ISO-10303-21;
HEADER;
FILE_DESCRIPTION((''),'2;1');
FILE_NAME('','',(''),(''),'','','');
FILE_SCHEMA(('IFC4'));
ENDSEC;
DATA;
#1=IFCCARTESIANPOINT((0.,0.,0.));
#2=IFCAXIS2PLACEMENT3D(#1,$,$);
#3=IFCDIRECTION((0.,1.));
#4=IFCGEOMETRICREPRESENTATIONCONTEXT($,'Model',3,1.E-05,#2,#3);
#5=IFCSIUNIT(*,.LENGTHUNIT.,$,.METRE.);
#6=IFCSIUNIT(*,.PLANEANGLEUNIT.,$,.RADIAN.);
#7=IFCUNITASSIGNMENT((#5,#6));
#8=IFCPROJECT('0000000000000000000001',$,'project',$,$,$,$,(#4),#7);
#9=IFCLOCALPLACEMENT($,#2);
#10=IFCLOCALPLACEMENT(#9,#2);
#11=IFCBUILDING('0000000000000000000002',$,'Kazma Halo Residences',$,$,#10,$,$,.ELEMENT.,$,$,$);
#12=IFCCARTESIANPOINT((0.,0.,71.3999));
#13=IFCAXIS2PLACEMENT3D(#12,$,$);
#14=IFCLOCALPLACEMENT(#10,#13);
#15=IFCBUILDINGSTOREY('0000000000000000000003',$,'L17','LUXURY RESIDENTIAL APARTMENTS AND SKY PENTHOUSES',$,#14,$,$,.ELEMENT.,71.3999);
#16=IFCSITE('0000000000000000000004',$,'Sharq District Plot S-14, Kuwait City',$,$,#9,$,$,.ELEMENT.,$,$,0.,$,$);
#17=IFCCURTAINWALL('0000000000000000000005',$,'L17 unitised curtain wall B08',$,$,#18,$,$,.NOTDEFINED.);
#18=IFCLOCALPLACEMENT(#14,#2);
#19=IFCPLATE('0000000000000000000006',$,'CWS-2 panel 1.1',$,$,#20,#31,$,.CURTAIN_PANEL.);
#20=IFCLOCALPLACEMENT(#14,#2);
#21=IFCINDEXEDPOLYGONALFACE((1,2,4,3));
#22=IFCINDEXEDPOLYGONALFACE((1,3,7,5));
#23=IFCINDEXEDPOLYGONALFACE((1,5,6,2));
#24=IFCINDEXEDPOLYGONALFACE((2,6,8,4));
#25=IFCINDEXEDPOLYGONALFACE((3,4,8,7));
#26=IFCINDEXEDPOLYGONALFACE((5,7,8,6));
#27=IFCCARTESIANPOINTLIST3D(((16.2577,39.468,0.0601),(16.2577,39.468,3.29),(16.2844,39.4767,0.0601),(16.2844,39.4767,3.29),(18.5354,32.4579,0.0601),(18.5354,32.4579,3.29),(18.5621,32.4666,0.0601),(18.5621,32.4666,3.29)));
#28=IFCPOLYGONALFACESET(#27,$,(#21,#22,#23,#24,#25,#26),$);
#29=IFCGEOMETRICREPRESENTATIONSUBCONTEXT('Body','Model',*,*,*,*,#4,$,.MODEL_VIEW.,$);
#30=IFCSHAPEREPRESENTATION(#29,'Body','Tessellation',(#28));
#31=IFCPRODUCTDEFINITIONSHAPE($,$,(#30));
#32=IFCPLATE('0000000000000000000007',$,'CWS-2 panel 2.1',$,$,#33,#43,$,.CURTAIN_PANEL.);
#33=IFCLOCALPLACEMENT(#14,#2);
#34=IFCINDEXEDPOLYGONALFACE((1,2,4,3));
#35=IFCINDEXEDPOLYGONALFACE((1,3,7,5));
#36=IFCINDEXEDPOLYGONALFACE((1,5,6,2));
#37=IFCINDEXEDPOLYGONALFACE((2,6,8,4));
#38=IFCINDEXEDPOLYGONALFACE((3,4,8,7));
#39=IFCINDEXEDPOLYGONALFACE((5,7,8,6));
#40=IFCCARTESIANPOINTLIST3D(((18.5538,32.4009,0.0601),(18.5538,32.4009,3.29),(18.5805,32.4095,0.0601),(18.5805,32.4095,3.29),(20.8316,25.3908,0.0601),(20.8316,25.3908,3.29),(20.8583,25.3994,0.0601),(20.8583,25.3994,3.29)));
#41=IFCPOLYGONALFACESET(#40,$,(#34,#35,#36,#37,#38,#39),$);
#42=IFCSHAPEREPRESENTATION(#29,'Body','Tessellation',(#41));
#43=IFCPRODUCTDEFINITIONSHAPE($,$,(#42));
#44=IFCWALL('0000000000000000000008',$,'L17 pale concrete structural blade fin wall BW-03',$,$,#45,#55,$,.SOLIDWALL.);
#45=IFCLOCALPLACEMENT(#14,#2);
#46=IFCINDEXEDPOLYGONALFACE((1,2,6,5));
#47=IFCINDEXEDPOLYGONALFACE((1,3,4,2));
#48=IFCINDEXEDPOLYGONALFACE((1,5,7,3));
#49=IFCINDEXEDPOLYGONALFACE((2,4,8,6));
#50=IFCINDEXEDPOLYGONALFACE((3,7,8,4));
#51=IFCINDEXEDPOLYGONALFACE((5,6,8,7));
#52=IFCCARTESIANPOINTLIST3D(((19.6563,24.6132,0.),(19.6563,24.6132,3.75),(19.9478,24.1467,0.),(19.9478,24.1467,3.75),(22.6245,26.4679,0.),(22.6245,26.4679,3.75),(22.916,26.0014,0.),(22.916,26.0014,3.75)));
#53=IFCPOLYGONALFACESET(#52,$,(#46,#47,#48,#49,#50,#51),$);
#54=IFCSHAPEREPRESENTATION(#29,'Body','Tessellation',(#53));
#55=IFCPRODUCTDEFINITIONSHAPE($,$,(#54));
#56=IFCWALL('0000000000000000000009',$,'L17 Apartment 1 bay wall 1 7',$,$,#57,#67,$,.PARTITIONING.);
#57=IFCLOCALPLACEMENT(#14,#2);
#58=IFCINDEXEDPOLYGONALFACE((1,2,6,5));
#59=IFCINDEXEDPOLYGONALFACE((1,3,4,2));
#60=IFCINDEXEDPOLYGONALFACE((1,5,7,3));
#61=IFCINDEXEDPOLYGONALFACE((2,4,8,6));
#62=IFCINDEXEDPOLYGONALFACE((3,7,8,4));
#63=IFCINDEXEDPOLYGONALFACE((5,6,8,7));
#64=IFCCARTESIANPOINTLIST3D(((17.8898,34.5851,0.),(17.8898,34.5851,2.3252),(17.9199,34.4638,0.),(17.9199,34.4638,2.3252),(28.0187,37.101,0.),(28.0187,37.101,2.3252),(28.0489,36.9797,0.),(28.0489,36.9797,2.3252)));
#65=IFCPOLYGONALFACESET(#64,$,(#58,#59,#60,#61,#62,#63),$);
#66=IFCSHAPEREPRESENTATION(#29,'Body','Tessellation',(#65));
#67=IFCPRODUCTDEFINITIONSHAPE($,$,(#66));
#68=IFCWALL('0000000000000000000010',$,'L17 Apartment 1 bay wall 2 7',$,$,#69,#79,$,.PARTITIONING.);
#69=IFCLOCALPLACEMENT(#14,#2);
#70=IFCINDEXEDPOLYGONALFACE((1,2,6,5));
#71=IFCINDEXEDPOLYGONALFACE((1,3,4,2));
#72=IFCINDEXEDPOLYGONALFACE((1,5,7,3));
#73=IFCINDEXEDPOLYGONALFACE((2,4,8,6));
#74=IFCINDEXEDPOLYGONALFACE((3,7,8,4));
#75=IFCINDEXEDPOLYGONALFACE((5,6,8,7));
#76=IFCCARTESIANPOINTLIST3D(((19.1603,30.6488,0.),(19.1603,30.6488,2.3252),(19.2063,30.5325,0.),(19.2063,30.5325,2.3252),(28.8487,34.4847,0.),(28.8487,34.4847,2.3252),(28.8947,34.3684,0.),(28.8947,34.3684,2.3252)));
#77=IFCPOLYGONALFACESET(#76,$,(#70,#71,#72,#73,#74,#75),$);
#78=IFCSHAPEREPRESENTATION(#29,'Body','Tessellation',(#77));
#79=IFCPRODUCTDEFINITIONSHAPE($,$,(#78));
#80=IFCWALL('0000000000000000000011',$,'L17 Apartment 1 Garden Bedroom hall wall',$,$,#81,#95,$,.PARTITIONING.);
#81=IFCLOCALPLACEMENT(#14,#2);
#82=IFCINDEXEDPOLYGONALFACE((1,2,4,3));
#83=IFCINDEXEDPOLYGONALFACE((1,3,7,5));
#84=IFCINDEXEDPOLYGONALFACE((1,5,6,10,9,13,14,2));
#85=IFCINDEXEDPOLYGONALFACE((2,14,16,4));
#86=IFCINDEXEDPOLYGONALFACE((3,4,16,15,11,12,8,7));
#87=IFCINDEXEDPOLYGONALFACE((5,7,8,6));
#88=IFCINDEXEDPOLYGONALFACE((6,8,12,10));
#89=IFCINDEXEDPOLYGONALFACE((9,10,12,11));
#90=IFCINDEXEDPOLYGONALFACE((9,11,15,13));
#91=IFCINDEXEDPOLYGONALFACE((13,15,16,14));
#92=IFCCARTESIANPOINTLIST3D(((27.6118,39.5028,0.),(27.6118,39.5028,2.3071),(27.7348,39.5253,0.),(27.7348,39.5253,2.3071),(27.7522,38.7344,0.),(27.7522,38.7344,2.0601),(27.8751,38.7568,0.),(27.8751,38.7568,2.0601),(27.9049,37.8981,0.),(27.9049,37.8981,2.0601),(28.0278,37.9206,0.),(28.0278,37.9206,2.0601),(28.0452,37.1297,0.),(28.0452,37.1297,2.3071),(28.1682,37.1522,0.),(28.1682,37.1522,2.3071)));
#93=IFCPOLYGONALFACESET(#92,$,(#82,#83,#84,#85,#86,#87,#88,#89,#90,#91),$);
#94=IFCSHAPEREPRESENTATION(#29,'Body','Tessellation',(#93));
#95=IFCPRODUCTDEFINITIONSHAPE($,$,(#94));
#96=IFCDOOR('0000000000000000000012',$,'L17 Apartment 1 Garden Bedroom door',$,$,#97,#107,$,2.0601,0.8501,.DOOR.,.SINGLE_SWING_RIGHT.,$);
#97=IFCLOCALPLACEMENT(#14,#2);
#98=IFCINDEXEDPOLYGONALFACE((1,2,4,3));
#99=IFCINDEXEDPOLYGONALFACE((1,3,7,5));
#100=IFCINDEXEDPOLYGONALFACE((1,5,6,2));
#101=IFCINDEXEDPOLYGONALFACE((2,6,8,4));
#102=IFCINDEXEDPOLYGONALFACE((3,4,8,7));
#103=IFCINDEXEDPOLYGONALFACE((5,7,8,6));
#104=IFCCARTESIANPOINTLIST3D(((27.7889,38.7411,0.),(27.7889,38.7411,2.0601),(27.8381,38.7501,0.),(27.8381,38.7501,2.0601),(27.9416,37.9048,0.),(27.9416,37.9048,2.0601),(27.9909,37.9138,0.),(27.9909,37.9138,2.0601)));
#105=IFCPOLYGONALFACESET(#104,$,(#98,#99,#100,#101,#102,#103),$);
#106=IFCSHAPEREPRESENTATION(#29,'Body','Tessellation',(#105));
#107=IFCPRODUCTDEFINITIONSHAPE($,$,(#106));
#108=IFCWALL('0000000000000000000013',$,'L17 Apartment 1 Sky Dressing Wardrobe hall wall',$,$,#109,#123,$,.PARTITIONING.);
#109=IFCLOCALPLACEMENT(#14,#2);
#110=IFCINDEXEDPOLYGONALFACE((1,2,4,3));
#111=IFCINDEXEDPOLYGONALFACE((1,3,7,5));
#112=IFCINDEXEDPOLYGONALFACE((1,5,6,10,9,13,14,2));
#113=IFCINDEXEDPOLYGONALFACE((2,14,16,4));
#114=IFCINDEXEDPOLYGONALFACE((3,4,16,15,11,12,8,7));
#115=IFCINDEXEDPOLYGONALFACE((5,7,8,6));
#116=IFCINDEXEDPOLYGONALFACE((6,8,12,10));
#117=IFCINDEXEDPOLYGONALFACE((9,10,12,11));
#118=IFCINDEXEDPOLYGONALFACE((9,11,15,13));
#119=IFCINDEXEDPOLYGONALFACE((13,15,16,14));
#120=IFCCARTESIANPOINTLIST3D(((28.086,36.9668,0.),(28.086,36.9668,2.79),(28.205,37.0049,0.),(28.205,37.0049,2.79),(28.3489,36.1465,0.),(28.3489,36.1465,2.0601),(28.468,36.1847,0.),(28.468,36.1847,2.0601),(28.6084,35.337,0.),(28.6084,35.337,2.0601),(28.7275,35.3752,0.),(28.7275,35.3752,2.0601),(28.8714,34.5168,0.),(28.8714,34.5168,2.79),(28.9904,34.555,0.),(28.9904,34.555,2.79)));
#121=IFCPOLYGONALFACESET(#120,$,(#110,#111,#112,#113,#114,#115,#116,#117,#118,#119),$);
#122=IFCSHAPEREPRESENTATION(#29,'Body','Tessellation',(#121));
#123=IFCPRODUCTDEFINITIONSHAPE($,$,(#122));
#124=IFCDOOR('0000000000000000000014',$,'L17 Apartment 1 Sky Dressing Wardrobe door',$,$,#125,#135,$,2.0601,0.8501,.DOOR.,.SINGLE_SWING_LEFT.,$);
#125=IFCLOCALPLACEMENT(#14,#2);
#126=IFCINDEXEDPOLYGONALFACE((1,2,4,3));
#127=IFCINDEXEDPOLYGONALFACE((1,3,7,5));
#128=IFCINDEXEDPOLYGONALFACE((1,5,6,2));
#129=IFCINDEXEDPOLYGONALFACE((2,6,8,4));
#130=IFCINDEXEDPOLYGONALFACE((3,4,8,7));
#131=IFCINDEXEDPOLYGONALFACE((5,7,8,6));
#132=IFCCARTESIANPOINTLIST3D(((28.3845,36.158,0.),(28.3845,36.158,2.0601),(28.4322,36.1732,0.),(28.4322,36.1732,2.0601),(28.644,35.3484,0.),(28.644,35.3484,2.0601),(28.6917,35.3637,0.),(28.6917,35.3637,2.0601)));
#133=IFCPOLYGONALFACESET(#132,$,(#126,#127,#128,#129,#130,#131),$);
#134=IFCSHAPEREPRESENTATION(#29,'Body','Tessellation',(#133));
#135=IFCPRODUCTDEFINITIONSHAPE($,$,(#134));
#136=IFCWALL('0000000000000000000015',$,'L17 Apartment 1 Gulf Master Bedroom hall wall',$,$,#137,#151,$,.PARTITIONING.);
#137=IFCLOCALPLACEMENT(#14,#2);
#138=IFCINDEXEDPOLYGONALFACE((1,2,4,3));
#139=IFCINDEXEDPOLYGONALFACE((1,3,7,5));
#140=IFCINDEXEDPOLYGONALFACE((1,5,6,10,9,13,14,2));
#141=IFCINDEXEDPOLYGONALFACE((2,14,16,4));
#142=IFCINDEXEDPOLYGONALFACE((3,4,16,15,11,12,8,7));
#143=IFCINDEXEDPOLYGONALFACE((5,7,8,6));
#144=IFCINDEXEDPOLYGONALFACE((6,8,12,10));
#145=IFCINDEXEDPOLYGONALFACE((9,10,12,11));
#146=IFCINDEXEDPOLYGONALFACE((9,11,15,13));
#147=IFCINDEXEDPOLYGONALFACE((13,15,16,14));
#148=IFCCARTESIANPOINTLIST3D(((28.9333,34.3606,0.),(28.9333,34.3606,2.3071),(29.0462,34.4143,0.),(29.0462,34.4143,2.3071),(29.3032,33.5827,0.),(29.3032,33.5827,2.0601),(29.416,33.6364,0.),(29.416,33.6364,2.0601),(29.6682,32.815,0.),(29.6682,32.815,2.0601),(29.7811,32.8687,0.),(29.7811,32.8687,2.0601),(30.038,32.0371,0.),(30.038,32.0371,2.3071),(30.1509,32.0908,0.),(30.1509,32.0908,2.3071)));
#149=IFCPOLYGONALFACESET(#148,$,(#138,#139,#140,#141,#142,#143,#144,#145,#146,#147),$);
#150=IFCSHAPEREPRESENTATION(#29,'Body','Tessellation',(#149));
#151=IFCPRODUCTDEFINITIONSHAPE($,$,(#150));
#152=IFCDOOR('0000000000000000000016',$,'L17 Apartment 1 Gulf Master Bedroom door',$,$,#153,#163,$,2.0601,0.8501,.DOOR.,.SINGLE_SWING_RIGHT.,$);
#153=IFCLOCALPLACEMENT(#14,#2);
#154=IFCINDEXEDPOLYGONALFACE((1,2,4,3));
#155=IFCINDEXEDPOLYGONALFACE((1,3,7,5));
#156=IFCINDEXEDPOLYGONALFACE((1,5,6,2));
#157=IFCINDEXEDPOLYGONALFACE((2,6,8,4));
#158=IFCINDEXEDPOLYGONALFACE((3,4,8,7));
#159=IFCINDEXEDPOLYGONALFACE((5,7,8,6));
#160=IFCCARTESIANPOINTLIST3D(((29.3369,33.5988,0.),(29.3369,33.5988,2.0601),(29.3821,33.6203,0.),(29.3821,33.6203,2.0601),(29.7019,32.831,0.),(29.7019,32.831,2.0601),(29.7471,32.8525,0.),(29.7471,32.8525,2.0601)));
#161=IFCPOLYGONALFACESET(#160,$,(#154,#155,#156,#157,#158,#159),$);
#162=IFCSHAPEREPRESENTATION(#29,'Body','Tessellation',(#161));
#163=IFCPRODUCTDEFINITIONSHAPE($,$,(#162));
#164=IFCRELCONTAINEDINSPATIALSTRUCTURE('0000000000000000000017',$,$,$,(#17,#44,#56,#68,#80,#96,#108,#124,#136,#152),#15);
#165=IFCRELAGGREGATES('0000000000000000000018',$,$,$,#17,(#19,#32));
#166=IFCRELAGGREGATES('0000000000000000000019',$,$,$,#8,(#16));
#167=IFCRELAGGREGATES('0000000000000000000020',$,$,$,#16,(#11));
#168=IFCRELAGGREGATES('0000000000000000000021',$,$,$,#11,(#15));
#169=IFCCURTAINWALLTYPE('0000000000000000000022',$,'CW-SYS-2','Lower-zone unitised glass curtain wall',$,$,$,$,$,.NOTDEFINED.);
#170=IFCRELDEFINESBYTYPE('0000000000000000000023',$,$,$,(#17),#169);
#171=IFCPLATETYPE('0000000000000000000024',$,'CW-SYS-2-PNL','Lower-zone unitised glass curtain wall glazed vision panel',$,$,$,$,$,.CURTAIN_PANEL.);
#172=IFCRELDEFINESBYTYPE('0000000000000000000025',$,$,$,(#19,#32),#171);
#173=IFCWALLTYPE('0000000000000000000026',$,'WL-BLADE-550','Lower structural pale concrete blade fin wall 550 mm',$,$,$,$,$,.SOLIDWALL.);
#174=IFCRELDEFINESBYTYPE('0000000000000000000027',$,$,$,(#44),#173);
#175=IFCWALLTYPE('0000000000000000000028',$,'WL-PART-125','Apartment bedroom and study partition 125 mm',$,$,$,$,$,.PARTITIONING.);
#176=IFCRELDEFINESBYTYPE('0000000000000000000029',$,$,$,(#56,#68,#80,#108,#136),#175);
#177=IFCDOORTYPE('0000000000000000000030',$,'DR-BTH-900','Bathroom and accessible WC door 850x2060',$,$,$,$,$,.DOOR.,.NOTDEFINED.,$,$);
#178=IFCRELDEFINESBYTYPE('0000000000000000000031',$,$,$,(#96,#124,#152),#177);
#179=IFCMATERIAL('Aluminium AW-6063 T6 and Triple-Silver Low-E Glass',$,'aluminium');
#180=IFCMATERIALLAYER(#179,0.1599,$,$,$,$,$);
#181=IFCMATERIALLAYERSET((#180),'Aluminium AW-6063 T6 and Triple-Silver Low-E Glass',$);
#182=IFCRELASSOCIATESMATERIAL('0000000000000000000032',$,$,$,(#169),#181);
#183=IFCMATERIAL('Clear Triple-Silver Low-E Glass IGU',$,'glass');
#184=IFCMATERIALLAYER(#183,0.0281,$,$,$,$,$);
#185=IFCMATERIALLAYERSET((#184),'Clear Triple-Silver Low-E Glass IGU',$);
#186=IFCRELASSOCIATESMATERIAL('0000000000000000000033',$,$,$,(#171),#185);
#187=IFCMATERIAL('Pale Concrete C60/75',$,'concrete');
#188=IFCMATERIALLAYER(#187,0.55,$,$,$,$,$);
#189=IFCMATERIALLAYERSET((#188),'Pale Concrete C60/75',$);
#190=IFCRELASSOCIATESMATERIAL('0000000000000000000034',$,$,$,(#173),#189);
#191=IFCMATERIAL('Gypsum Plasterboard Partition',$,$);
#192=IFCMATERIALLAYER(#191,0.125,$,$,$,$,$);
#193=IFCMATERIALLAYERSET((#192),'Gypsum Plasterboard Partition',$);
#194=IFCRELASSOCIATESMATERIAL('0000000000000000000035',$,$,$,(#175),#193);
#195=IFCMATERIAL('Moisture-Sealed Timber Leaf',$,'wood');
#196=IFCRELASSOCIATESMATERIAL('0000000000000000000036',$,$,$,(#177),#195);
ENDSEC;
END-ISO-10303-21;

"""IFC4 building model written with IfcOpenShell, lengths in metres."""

from ifc_helpers import new_model, si_unit, direction, frame, frame_2d, origin, origin_2d, place, context, subcontext, project, spatial, rectangle, extrude, material, layer, layer_set, type_object, element, fill, aggregate, save


model = new_model("IFC4")

# Units and contexts
model_context = context("Model", 3, precision=1e-05, world=origin(), true_north=direction((0.0, 1.0)))
body_context = subcontext(model_context, "Body", "Model", "MODEL_VIEW")
ifc_project = project(units=[si_unit("LENGTHUNIT", "METRE"), si_unit("PLANEANGLEUNIT", "RADIAN")], contexts=[model_context])

# Site, building, storey
site_placement = place(None, origin())
site = spatial("IfcSite", under=ifc_project, at=site_placement, Name="Sharq District Plot S-14, Kuwait City", CompositionType="ELEMENT", RefElevation=0.0)
building_placement = place(site_placement, origin())
building = spatial("IfcBuilding", under=site, at=building_placement, Name="Kazma Halo Residences", CompositionType="ELEMENT")
storey_placement = place(building_placement, frame((0.0, 0.0, 71.3999)))
storey = spatial("IfcBuildingStorey", under=building, at=storey_placement, Name="L17", Description="LUXURY RESIDENTIAL APARTMENTS AND SKY PENTHOUSES", CompositionType="ELEMENT", Elevation=71.3999)

# Curtain wall, plates
ifc_material_1 = material(Name="Aluminium AW-6063 T6 and Triple-Silver Low-E Glass", Category="aluminium")
ifc_layer_1 = layer(ifc_material_1, 0.1599)
ifc_layer_set_1 = layer_set([ifc_layer_1], Name="Aluminium AW-6063 T6 and Triple-Silver Low-E Glass")
curtain_wall_type = type_object("IfcCurtainWallType", Name="CW-SYS-2", Description="Lower-zone unitised glass curtain wall", PredefinedType="NOTDEFINED", material=ifc_layer_set_1)
curtain_wall_placement = place(storey_placement, origin())
curtain_wall = element("IfcCurtainWall", 1, at=curtain_wall_placement, inside=storey, type_object=curtain_wall_type, Name="L17 unitised curtain wall B08", PredefinedType="NOTDEFINED")
ifc_material_2 = material(Name="Clear Triple-Silver Low-E Glass IGU", Category="glass")
ifc_layer_2 = layer(ifc_material_2, 0.0281)
ifc_layer_set_2 = layer_set([ifc_layer_2], Name="Clear Triple-Silver Low-E Glass IGU")
plate_type = type_object("IfcPlateType", Name="CW-SYS-2-PNL", Description="Lower-zone unitised glass curtain wall glazed vision panel", PredefinedType="CURTAIN_PANEL", material=ifc_layer_set_2)
plate_1_placement = place(storey_placement, frame((17.4099, 35.9673, 0.0601), z_axis=(0.0, 0.0, 1.0), x_axis=(0.309017, -0.951057, 0.0)))
plate_1 = element("IfcPlate", 2, at=plate_1_placement, type_object=plate_type, Name="CWS-2 panel 1.1", PredefinedType="CURTAIN_PANEL", context=body_context, shape_type="SweptSolid", body=[
    extrude(rectangle(XDim=7.3708, YDim=0.0281, at=origin_2d()), origin(), (0.0, 0.0, 1.0), 3.23),
])
plate_2_placement = place(storey_placement, frame((19.7061, 28.9001, 0.0601), z_axis=(0.0, 0.0, 1.0), x_axis=(0.309017, -0.951057, 0.0)))
plate_2 = element("IfcPlate", 3, at=plate_2_placement, type_object=plate_type, Name="CWS-2 panel 2.1", PredefinedType="CURTAIN_PANEL", context=body_context, shape_type="SweptSolid", body=[
    extrude(rectangle(XDim=7.3708, YDim=0.0281, at=origin_2d()), origin(), (0.0, 0.0, 1.0), 3.23),
])
aggregate(curtain_wall, [plate_1, plate_2])

# Walls
ifc_material_3 = material(Name="Pale Concrete C60/75", Category="concrete")
ifc_layer_3 = layer(ifc_material_3, 0.55)
ifc_layer_set_3 = layer_set([ifc_layer_3], Name="Pale Concrete C60/75")
wall_type_1 = type_object("IfcWallType", Name="WL-BLADE-550", Description="Lower structural pale concrete blade fin wall 550 mm", PredefinedType="SOLIDWALL", material=ifc_layer_set_3)
wall_1_placement = place(storey_placement, frame((22.7703, 26.2346, 0.0), z_axis=(0.0, 0.0, 1.0), x_axis=(-0.848053, -0.529911, 0.0)))
element("IfcWall", 4, at=wall_1_placement, inside=storey, type_object=wall_type_1, Name="L17 pale concrete structural blade fin wall BW-03", PredefinedType="SOLIDWALL", context=body_context, shape_type="SweptSolid", body=[
    extrude(rectangle(XDim=3.5, YDim=0.55, at=frame_2d((1.75, 0.0))), origin(), (0.0, 0.0, 1.0), 3.75),
])
ifc_material_4 = material(Name="Gypsum Plasterboard Partition")
ifc_layer_4 = layer(ifc_material_4, 0.125)
ifc_layer_set_4 = layer_set([ifc_layer_4], Name="Gypsum Plasterboard Partition")
wall_type_2 = type_object("IfcWallType", Name="WL-PART-125", Description="Apartment bedroom and study partition 125 mm", PredefinedType="PARTITIONING", material=ifc_layer_set_4)
wall_2_placement = place(storey_placement, frame((28.0337, 37.0403, 0.0), z_axis=(0.0, 0.0, 1.0), x_axis=(-0.97051, -0.24106, 0.0)))
element("IfcWall", 5, at=wall_2_placement, inside=storey, type_object=wall_type_2, Name="L17 Apartment 1 bay wall 1 7", PredefinedType="PARTITIONING", context=body_context, shape_type="SweptSolid", body=[
    extrude(rectangle(XDim=10.4368, YDim=0.125, at=frame_2d((5.2183, 0.0))), origin(), (0.0, 0.0, 1.0), 2.3252),
])
wall_3_placement = place(storey_placement, frame((28.8716, 34.4265, 0.0), z_axis=(0.0, 0.0, 1.0), x_axis=(-0.929777, -0.368124, 0.0)))
element("IfcWall", 6, at=wall_3_placement, inside=storey, type_object=wall_type_2, Name="L17 Apartment 1 bay wall 2 7", PredefinedType="PARTITIONING", context=body_context, shape_type="SweptSolid", body=[
    extrude(rectangle(XDim=10.4202, YDim=0.125, at=frame_2d((5.21, 0.0))), origin(), (0.0, 0.0, 1.0), 2.3252),
])

# Walls, openings, doors
wall_4_placement = place(storey_placement, frame((27.6733, 39.5139, 0.0), z_axis=(0.0, 0.0, 1.0), x_axis=(0.179642, -0.983732, 0.0)))
wall_4 = element("IfcWall", 7, at=wall_4_placement, inside=storey, type_object=wall_type_2, Name="L17 Apartment 1 Garden Bedroom hall wall", PredefinedType="PARTITIONING", context=body_context, shape_type="SweptSolid", body=[
    extrude(rectangle(XDim=2.4124, YDim=0.125, at=frame_2d((1.2061, 0.0))), origin(), (0.0, 0.0, 1.0), 2.3071),
])
opening_1_placement = place(wall_4_placement, frame((0.781, 0.0, 0.0)))
opening_1 = element("IfcOpeningElement", 8, at=opening_1_placement, cuts=wall_4, PredefinedType="OPENING", context=body_context, shape_type="SweptSolid", body=[
    extrude(rectangle(XDim=0.8501, YDim=2.0601, at=frame_2d((0.425, 1.03))), frame((0.0, 0.0725, 0.0), z_axis=(0.0, -1.0, 0.0), x_axis=(1.0, 0.0, 0.0)), (0.0, 0.0, 1.0), 0.145),
])
ifc_material_5 = material(Name="Moisture-Sealed Timber Leaf", Category="wood")
door_type = type_object("IfcDoorType", Name="DR-BTH-900", Description="Bathroom and accessible WC door 850x2060", OperationType="NOTDEFINED", PredefinedType="DOOR", material=ifc_material_5)
door_1_placement = place(opening_1_placement, origin())
door_1 = element("IfcDoor", 9, at=door_1_placement, inside=storey, type_object=door_type, Name="L17 Apartment 1 Garden Bedroom door", OperationType="SINGLE_SWING_RIGHT", OverallHeight=2.0601, OverallWidth=0.8501, PredefinedType="DOOR", context=body_context, shape_type="SweptSolid", body=[
    extrude(rectangle(XDim=0.8501, YDim=2.0601, at=frame_2d((0.425, 1.03))), frame((0.0, 0.0249, 0.0), z_axis=(0.0, -1.0, 0.0), x_axis=(1.0, 0.0, 0.0)), (0.0, 0.0, 1.0), 0.05),
])
fill(opening_1, door_1)
wall_5_placement = place(storey_placement, frame((28.1455, 36.9858, 0.0), z_axis=(0.0, 0.0, 1.0), x_axis=(0.305275, -0.952264, 0.0)))
wall_5 = element("IfcWall", 10, at=wall_5_placement, inside=storey, type_object=wall_type_2, Name="L17 Apartment 1 Sky Dressing Wardrobe hall wall", PredefinedType="PARTITIONING", context=body_context, shape_type="SweptSolid", body=[
    extrude(rectangle(XDim=2.5728, YDim=0.125, at=frame_2d((1.2864, 0.0))), origin(), (0.0, 0.0, 1.0), 2.79),
])
opening_2_placement = place(wall_5_placement, frame((0.8613, 0.0, 0.0)))
opening_2 = element("IfcOpeningElement", 11, at=opening_2_placement, cuts=wall_5, PredefinedType="OPENING", context=body_context, shape_type="SweptSolid", body=[
    extrude(rectangle(XDim=0.8501, YDim=2.0601, at=frame_2d((0.425, 1.03))), frame((0.0, 0.0725, 0.0), z_axis=(0.0, -1.0, 0.0), x_axis=(1.0, 0.0, 0.0)), (0.0, 0.0, 1.0), 0.145),
])
door_2_placement = place(opening_2_placement, origin())
door_2 = element("IfcDoor", 12, at=door_2_placement, inside=storey, type_object=door_type, Name="L17 Apartment 1 Sky Dressing Wardrobe door", OperationType="SINGLE_SWING_LEFT", OverallHeight=2.0601, OverallWidth=0.8501, PredefinedType="DOOR", context=body_context, shape_type="SweptSolid", body=[
    extrude(rectangle(XDim=0.8501, YDim=2.0601, at=frame_2d((0.425, 1.03))), frame((0.0, 0.0249, 0.0), z_axis=(0.0, -1.0, 0.0), x_axis=(1.0, 0.0, 0.0)), (0.0, 0.0, 1.0), 0.05),
])
fill(opening_2, door_2)
wall_6_placement = place(storey_placement, frame((28.9897, 34.3875, 0.0), z_axis=(0.0, 0.0, 1.0), x_axis=(0.429399, -0.903115, 0.0)))
wall_6 = element("IfcWall", 13, at=wall_6_placement, inside=storey, type_object=wall_type_2, Name="L17 Apartment 1 Gulf Master Bedroom hall wall", PredefinedType="PARTITIONING", context=body_context, shape_type="SweptSolid", body=[
    extrude(rectangle(XDim=2.5728, YDim=0.125, at=frame_2d((1.2864, 0.0))), origin(), (0.0, 0.0, 1.0), 2.3071),
])
opening_3_placement = place(wall_6_placement, frame((0.8613, 0.0, 0.0)))
opening_3 = element("IfcOpeningElement", 14, at=opening_3_placement, cuts=wall_6, PredefinedType="OPENING", context=body_context, shape_type="SweptSolid", body=[
    extrude(rectangle(XDim=0.8501, YDim=2.0601, at=frame_2d((0.425, 1.03))), frame((0.0, 0.0725, 0.0), z_axis=(0.0, -1.0, 0.0), x_axis=(1.0, 0.0, 0.0)), (0.0, 0.0, 1.0), 0.145),
])
door_3_placement = place(opening_3_placement, origin())
door_3 = element("IfcDoor", 15, at=door_3_placement, inside=storey, type_object=door_type, Name="L17 Apartment 1 Gulf Master Bedroom door", OperationType="SINGLE_SWING_RIGHT", OverallHeight=2.0601, OverallWidth=0.8501, PredefinedType="DOOR", context=body_context, shape_type="SweptSolid", body=[
    extrude(rectangle(XDim=0.8501, YDim=2.0601, at=frame_2d((0.425, 1.03))), frame((0.0, 0.0249, 0.0), z_axis=(0.0, -1.0, 0.0), x_axis=(1.0, 0.0, 0.0)), (0.0, 0.0, 1.0), 0.05),
])
fill(opening_3, door_3)

save(model, "model.ifc")
